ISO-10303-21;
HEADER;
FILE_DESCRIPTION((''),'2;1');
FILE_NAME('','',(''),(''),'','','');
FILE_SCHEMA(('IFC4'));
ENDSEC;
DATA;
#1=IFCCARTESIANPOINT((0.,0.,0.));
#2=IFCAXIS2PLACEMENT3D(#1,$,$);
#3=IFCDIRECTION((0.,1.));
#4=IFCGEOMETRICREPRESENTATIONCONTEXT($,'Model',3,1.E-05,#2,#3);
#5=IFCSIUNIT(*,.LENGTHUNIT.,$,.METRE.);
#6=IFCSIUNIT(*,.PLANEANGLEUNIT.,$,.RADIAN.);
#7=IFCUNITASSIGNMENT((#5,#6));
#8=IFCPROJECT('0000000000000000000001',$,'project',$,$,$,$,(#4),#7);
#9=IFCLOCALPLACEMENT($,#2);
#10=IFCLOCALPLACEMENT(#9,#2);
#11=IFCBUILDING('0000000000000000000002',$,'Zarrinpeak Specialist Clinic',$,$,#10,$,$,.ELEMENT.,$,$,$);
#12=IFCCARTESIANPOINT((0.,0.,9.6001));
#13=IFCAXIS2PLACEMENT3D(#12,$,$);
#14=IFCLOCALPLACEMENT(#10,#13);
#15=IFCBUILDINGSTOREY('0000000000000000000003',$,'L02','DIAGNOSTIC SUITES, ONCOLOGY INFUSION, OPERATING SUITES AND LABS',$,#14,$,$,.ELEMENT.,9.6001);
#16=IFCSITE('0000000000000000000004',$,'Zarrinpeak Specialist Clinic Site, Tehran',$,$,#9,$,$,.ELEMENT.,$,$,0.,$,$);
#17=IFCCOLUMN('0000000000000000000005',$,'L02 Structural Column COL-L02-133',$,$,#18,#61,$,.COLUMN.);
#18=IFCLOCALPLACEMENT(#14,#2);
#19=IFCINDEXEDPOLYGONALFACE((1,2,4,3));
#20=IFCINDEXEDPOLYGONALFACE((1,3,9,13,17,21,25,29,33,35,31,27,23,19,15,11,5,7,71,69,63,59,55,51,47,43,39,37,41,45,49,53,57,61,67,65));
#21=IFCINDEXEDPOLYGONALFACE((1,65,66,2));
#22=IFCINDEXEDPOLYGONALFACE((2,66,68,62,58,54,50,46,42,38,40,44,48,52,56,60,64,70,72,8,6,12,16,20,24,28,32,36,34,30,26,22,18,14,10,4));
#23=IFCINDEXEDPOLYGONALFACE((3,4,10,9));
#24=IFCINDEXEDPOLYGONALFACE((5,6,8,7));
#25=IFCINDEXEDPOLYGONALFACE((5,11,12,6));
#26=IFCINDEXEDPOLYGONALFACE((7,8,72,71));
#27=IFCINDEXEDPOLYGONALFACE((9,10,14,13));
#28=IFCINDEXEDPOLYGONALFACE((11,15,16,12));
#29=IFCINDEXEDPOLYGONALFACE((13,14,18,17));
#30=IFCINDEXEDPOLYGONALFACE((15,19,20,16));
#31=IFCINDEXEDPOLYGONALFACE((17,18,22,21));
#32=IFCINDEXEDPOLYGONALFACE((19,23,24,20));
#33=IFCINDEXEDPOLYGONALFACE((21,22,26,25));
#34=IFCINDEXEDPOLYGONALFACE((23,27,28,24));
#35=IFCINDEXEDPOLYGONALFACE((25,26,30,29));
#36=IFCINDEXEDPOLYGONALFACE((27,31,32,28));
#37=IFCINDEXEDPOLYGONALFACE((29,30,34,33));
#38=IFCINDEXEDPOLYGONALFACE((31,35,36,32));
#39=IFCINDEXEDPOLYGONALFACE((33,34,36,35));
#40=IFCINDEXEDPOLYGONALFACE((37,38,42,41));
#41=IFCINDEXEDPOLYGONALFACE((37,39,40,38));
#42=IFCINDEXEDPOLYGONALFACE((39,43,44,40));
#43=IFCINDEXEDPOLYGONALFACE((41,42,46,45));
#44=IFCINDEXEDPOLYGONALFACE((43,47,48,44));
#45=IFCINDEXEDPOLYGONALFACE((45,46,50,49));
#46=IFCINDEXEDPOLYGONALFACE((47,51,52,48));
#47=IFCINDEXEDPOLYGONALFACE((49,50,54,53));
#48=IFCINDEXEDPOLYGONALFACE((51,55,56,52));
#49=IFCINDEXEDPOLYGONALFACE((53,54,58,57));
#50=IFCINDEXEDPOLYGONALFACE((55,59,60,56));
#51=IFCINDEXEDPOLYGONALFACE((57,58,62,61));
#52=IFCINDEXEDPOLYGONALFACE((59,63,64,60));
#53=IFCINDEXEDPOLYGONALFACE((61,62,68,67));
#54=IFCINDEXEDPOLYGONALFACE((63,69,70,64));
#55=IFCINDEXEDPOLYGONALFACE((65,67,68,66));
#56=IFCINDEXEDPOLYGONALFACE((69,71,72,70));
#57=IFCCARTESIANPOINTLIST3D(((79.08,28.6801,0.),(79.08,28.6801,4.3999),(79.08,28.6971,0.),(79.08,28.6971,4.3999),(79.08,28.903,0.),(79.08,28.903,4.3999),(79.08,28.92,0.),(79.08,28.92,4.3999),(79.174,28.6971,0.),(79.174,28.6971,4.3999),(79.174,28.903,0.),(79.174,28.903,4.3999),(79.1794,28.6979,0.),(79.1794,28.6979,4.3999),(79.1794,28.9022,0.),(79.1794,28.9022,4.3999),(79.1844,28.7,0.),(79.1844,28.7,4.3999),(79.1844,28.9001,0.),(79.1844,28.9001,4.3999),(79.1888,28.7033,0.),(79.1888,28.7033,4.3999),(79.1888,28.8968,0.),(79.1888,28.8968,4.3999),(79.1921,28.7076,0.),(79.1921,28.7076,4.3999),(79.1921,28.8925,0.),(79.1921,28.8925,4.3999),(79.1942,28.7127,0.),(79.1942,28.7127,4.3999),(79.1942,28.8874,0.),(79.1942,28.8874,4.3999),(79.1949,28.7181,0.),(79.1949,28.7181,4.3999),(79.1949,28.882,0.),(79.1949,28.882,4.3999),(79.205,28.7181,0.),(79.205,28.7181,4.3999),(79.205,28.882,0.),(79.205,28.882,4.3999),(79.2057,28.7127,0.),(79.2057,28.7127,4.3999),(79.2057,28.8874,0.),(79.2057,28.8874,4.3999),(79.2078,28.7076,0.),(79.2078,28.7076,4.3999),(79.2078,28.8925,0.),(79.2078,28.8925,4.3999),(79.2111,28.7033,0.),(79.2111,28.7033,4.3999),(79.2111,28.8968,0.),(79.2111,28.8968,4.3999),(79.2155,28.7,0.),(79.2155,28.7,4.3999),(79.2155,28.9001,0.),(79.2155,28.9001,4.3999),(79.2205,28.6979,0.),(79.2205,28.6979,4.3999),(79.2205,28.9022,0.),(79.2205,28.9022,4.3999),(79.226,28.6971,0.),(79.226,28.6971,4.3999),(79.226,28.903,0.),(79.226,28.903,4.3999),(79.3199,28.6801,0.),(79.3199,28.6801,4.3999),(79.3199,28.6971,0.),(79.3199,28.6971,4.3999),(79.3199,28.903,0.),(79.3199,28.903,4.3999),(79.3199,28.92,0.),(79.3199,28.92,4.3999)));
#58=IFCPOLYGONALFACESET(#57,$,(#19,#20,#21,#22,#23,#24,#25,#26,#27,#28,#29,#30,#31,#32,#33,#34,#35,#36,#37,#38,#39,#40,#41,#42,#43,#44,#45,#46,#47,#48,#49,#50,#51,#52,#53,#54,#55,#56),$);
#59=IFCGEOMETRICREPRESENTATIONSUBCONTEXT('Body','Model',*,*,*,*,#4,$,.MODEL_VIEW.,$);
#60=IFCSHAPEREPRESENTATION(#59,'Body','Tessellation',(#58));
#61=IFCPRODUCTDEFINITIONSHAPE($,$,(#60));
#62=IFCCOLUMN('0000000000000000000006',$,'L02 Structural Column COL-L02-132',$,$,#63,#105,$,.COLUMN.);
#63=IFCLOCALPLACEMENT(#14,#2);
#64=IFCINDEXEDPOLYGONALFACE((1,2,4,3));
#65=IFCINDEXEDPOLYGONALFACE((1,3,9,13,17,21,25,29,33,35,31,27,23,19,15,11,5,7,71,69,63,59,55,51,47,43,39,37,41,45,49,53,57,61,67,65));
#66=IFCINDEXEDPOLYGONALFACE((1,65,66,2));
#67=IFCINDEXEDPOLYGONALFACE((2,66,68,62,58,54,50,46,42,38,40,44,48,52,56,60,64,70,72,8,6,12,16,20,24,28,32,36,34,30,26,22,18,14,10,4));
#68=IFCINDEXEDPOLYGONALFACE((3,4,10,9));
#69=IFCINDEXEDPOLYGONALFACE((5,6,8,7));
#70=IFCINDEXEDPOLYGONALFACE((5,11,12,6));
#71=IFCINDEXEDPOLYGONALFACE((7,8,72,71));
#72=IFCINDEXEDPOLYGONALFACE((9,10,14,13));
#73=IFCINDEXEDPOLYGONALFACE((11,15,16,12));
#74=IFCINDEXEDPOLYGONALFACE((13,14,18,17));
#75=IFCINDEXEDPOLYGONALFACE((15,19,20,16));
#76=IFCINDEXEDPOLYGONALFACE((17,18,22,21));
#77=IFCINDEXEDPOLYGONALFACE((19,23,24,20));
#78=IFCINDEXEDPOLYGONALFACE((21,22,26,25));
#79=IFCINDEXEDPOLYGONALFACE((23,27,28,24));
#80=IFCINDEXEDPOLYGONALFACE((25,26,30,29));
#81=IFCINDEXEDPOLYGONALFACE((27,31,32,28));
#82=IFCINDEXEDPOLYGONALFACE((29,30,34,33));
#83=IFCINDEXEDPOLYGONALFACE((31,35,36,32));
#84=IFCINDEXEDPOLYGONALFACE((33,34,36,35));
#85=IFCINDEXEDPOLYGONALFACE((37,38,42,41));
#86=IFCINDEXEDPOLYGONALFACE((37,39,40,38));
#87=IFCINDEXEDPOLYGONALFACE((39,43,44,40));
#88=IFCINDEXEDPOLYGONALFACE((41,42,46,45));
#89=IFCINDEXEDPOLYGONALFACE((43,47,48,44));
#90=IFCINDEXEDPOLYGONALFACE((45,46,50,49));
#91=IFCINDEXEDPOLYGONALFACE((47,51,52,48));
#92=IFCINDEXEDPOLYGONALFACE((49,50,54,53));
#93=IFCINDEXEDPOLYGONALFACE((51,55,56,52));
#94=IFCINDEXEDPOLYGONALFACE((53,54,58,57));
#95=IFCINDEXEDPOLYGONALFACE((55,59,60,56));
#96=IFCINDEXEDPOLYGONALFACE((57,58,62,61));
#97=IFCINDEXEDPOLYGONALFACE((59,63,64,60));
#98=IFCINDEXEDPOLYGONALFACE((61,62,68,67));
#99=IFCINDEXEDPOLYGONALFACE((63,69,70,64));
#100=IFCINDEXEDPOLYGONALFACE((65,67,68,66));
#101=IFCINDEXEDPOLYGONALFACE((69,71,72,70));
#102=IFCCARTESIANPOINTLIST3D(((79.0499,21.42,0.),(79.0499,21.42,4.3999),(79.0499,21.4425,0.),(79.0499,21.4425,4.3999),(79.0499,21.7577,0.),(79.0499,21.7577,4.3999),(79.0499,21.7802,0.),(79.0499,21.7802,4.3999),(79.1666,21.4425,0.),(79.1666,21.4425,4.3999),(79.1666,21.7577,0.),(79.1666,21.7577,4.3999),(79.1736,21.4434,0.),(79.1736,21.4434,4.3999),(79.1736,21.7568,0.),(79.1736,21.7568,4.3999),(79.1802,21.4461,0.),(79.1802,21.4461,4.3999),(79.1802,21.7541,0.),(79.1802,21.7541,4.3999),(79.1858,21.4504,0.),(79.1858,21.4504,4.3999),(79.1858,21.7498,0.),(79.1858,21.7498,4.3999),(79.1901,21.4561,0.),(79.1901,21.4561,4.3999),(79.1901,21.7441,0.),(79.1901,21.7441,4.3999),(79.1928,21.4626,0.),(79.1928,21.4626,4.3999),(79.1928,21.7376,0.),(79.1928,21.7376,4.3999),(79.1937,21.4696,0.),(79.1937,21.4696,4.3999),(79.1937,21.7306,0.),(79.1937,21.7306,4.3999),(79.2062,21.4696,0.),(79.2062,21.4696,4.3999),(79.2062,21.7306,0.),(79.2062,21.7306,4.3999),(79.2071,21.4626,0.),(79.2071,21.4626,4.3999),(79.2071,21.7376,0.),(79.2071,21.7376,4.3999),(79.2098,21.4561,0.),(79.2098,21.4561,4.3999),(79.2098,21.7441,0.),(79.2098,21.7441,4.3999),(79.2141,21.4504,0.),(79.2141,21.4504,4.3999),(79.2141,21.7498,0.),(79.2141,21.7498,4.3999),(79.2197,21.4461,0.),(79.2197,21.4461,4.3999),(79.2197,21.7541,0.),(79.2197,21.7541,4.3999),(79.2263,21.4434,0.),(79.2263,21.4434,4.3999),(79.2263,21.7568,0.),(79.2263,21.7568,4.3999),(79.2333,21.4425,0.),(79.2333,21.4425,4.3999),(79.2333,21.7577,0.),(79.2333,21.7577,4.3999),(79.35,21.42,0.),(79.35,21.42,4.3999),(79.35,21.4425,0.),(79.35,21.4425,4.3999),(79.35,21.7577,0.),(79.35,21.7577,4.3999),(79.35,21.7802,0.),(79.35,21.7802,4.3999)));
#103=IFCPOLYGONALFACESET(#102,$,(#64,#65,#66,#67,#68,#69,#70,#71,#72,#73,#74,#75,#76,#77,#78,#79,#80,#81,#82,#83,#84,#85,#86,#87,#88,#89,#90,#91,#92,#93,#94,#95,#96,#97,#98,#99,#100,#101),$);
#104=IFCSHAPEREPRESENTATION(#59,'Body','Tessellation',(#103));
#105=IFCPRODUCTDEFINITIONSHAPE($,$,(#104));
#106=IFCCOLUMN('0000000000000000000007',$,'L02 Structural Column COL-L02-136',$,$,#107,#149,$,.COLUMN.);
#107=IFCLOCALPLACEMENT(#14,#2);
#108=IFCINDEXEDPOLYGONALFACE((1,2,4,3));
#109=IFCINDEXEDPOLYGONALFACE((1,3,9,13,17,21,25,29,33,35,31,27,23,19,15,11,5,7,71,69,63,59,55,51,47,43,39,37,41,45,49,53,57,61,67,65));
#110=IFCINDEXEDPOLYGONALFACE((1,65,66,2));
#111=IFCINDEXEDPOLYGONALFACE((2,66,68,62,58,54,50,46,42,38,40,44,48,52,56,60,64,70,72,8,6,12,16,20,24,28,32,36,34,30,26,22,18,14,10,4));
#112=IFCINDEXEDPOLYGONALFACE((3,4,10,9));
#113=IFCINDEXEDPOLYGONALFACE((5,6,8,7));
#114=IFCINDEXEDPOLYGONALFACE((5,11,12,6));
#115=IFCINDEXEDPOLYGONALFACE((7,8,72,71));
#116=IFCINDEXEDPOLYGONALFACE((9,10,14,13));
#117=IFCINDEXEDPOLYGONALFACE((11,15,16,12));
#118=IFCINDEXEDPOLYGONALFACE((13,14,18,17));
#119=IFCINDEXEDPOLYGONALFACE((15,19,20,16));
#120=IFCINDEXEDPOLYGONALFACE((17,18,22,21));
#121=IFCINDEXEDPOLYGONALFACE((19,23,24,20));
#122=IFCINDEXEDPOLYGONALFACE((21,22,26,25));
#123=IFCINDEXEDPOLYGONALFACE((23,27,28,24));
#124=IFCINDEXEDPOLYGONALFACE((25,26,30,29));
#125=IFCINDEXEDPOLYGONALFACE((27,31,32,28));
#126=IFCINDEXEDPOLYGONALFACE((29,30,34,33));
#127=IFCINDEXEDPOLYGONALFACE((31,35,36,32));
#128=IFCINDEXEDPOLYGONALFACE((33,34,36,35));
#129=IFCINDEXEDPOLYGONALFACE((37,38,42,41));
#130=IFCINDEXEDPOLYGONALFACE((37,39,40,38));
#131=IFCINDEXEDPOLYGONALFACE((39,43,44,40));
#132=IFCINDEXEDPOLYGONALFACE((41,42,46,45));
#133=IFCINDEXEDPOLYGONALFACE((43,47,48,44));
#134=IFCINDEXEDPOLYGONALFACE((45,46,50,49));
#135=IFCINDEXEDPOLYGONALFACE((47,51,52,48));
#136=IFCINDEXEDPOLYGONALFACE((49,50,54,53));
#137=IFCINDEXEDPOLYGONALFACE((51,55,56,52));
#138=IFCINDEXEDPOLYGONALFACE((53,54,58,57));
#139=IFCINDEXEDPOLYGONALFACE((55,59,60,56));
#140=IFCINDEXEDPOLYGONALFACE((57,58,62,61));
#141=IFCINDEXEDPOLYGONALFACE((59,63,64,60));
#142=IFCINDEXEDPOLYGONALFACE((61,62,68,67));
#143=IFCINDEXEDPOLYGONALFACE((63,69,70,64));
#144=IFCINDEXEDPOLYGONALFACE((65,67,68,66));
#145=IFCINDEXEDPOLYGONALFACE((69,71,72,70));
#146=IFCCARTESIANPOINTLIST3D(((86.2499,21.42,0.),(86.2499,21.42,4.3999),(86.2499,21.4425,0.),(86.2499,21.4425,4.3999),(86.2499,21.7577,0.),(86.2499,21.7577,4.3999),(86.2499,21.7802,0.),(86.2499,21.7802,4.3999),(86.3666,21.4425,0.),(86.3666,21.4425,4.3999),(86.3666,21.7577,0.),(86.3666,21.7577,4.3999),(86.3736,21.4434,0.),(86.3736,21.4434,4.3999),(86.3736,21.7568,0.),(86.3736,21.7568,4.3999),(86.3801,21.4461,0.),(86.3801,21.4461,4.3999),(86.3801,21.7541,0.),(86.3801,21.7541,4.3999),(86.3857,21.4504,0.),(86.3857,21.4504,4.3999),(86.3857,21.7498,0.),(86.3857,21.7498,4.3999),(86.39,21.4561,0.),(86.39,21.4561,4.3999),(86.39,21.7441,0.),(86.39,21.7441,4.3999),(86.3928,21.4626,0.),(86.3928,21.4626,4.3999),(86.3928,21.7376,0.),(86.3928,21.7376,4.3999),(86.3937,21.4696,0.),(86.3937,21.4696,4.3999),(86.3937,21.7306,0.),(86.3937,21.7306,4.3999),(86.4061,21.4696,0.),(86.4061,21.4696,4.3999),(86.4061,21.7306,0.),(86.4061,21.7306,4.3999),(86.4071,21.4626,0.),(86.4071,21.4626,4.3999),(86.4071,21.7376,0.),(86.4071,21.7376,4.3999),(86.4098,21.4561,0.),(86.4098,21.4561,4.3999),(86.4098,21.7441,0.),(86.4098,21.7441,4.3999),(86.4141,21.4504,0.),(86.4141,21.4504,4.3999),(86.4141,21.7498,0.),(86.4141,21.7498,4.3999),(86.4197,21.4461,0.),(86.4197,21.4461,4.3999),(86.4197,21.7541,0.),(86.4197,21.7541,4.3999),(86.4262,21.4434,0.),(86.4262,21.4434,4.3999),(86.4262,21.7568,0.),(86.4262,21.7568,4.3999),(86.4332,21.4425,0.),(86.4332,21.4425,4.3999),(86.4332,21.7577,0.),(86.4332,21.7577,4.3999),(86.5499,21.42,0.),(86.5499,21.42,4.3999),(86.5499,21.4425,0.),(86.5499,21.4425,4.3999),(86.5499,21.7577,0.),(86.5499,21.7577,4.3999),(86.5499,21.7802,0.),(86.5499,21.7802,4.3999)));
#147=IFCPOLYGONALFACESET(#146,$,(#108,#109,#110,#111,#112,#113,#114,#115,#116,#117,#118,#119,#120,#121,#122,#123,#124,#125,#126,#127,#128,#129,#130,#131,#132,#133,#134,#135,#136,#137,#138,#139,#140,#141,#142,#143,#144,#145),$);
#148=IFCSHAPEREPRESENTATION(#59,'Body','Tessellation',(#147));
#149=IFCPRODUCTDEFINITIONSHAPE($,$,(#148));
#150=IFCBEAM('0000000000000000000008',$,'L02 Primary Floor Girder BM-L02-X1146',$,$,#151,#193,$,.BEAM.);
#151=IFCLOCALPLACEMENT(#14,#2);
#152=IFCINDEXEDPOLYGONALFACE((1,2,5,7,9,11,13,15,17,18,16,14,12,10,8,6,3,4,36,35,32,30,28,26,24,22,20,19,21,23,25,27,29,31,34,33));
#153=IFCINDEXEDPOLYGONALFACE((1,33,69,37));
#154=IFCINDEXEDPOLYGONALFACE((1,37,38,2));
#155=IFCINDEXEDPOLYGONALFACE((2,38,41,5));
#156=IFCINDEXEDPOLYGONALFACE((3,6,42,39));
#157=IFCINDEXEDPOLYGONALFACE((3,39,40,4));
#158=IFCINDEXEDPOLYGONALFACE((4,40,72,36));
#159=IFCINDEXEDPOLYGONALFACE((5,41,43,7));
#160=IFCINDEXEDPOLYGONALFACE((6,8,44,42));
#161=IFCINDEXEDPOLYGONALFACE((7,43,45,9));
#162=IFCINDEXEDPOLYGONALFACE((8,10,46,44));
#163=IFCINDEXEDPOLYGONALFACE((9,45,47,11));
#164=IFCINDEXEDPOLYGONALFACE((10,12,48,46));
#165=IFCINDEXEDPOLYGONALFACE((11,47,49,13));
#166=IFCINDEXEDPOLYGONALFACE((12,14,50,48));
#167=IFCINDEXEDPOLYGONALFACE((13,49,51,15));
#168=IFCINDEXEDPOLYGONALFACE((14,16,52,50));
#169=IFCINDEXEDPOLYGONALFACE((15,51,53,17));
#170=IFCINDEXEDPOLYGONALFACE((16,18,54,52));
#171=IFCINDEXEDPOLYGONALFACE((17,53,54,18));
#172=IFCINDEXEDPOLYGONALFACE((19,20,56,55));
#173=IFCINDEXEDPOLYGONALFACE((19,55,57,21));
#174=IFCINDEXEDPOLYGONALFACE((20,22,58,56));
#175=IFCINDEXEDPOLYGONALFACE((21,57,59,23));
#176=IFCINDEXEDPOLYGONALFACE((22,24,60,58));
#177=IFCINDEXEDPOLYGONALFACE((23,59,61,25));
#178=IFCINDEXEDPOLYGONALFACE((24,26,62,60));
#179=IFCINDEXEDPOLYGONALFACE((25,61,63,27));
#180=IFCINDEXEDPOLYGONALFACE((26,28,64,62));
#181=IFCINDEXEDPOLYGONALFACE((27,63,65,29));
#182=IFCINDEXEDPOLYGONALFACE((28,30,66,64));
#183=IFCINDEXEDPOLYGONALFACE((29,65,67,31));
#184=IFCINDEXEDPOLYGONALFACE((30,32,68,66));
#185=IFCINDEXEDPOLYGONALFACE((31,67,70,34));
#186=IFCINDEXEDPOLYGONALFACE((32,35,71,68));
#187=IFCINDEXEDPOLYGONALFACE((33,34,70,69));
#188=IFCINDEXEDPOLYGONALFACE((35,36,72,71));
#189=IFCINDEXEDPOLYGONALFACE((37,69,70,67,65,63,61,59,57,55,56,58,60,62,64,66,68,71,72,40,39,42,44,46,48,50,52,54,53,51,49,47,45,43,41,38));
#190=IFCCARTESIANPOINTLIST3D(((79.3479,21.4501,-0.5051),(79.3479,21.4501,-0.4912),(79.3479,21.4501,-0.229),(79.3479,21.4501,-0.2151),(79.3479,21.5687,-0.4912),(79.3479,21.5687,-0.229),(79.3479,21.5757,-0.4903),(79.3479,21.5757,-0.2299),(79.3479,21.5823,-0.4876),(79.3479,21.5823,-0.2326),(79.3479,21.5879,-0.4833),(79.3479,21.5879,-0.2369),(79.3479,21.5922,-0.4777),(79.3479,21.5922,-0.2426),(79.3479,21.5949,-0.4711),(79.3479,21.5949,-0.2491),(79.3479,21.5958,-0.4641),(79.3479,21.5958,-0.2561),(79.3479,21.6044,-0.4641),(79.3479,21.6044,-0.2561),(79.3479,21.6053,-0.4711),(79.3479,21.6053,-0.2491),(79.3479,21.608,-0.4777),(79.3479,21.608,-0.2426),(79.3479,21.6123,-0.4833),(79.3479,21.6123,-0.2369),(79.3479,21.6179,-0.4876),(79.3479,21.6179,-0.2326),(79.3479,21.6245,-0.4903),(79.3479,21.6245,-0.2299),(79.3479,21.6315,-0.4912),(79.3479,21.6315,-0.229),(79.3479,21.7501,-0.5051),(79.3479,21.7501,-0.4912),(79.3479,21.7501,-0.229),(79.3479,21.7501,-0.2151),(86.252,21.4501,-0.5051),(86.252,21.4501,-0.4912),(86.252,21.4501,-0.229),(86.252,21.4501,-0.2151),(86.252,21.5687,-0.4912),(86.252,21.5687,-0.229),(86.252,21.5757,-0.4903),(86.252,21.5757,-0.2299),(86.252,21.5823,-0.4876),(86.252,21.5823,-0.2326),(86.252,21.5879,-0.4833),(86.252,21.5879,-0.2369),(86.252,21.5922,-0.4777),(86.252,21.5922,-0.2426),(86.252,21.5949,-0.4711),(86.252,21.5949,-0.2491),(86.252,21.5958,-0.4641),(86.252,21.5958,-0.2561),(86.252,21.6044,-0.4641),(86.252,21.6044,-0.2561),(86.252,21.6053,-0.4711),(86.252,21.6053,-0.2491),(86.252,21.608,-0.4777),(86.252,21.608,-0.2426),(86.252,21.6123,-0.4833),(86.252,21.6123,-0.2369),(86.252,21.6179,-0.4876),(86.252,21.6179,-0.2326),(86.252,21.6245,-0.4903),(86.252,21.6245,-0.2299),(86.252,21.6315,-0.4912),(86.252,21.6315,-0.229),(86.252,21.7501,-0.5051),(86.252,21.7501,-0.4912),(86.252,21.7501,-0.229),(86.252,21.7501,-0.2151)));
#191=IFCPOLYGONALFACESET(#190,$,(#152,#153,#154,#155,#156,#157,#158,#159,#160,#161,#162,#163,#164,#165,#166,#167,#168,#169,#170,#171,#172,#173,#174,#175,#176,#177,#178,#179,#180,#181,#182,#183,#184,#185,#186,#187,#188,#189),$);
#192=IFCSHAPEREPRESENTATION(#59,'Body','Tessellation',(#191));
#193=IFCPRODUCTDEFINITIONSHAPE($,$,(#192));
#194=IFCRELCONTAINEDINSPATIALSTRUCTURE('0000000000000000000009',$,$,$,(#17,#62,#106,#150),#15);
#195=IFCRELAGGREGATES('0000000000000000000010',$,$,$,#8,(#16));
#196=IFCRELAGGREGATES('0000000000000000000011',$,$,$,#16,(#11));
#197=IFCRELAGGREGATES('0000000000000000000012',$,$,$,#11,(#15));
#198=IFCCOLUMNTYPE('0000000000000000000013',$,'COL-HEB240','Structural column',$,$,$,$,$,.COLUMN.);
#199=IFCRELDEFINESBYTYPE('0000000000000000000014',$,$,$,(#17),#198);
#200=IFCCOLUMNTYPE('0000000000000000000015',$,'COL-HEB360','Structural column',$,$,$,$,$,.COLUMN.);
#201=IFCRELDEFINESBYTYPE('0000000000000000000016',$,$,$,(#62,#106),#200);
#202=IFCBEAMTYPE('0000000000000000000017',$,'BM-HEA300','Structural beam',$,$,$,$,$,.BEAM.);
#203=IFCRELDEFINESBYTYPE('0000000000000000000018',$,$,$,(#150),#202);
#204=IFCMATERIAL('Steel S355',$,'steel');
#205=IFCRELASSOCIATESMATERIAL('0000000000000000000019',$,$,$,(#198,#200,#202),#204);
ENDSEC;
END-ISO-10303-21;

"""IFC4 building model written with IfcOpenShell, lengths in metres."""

from ifc_helpers import new_model, si_unit, direction, frame, origin, origin_2d, place, context, subcontext, project, spatial, i_section, extrude, material, material_profile, profile_set, type_object, element, save


model = new_model("IFC4")

# Units and contexts
model_context = context("Model", 3, precision=1e-05, world=origin(), true_north=direction((0.0, 1.0)))
body_context = subcontext(model_context, "Body", "Model", "MODEL_VIEW")
ifc_project = project(units=[si_unit("LENGTHUNIT", "METRE"), si_unit("PLANEANGLEUNIT", "RADIAN")], contexts=[model_context])

# Site, building, storey
site_placement = place(None, origin())
site = spatial("IfcSite", under=ifc_project, at=site_placement, Name="Zarrinpeak Specialist Clinic Site, Tehran", CompositionType="ELEMENT", RefElevation=0.0)
building_placement = place(site_placement, origin())
building = spatial("IfcBuilding", under=site, at=building_placement, Name="Zarrinpeak Specialist Clinic", CompositionType="ELEMENT")
storey_placement = place(building_placement, frame((0.0, 0.0, 9.6001)))
storey = spatial("IfcBuildingStorey", under=building, at=storey_placement, Name="L02", Description="DIAGNOSTIC SUITES, ONCOLOGY INFUSION, OPERATING SUITES AND LABS", CompositionType="ELEMENT", Elevation=9.6001)

# Columns
ifc_material_1 = material(Name="Steel S355", Category="steel")
ifc_material_profile_1 = material_profile(ifc_material_1, i_section(OverallWidth=0.24, OverallDepth=0.24, WebThickness=0.01, FlangeThickness=0.0171, FilletRadius=0.021, at=origin_2d()), Name="HEB 240")
ifc_profile_set_1 = profile_set([ifc_material_profile_1], Name="Steel S355")
column_type_1 = type_object("IfcColumnType", Name="COL-HEB240", Description="Structural column", PredefinedType="COLUMN", material=ifc_profile_set_1)
column_placement = place(storey_placement, frame((79.2, 28.8, 0.0), z_axis=(0.0, 0.0, 1.0), x_axis=(1.0, 0.0, 0.0)))
element("IfcColumn", 1, at=column_placement, inside=storey, type_object=column_type_1, Name="L02 Structural Column COL-L02-133", PredefinedType="COLUMN", context=body_context, shape_type="SweptSolid", body=[
    extrude(i_section(OverallWidth=0.24, OverallDepth=0.24, WebThickness=0.01, FlangeThickness=0.0171, FilletRadius=0.021, at=origin_2d()), origin(), (0.0, 0.0, 1.0), 4.3999),
])
ifc_material_profile_2 = material_profile(ifc_material_1, i_section(OverallWidth=0.3, OverallDepth=0.3601, WebThickness=0.0125, FlangeThickness=0.0225, FilletRadius=0.0271, at=origin_2d()), Name="HEB 360")
ifc_profile_set_2 = profile_set([ifc_material_profile_2], Name="Steel S355")
column_type_2 = type_object("IfcColumnType", Name="COL-HEB360", Description="Structural column", PredefinedType="COLUMN", material=ifc_profile_set_2)
for number, where, z_axis, x_axis, name in (
    (2, (79.2, 21.6001, 0.0), (0.0, 0.0, 1.0), (1.0, 0.0, 0.0), "L02 Structural Column COL-L02-132"),
    (3, (86.3999, 21.6001, 0.0), (0.0, 0.0, 1.0), (1.0, 0.0, 0.0), "L02 Structural Column COL-L02-136"),
):
    element("IfcColumn", number, at=place(storey_placement, frame(where, z_axis=z_axis, x_axis=x_axis)), inside=storey, type_object=column_type_2, Name=name, PredefinedType="COLUMN", context=body_context, shape_type="SweptSolid", body=[
        extrude(i_section(OverallWidth=0.3, OverallDepth=0.3601, WebThickness=0.0125, FlangeThickness=0.0225, FilletRadius=0.0271, at=origin_2d()), origin(), (0.0, 0.0, 1.0), 4.3999),
    ])

# Beam
ifc_material_profile_3 = material_profile(ifc_material_1, i_section(OverallWidth=0.3, OverallDepth=0.29, WebThickness=0.0085, FlangeThickness=0.0139, FilletRadius=0.0271, at=origin_2d()), Name="HEA 300")
ifc_profile_set_3 = profile_set([ifc_material_profile_3], Name="Steel S355")
beam_type_1 = type_object("IfcBeamType", Name="BM-HEA300", Description="Structural beam", PredefinedType="BEAM", material=ifc_profile_set_3)
beam_1_placement = place(storey_placement, frame((79.3479, 21.6001, -0.3601), z_axis=(1.0, 0.0, 0.0), x_axis=(0.0, 1.0, 0.0)))
element("IfcBeam", 4, at=beam_1_placement, inside=storey, type_object=beam_type_1, Name="L02 Primary Floor Girder BM-L02-X1146", PredefinedType="BEAM", context=body_context, shape_type="SweptSolid", body=[
    extrude(i_section(OverallWidth=0.3, OverallDepth=0.29, WebThickness=0.0085, FlangeThickness=0.0139, FilletRadius=0.0271, at=origin_2d()), origin(), (0.0, 0.0, 1.0), 6.9041),
])

save(model, "model.ifc")
